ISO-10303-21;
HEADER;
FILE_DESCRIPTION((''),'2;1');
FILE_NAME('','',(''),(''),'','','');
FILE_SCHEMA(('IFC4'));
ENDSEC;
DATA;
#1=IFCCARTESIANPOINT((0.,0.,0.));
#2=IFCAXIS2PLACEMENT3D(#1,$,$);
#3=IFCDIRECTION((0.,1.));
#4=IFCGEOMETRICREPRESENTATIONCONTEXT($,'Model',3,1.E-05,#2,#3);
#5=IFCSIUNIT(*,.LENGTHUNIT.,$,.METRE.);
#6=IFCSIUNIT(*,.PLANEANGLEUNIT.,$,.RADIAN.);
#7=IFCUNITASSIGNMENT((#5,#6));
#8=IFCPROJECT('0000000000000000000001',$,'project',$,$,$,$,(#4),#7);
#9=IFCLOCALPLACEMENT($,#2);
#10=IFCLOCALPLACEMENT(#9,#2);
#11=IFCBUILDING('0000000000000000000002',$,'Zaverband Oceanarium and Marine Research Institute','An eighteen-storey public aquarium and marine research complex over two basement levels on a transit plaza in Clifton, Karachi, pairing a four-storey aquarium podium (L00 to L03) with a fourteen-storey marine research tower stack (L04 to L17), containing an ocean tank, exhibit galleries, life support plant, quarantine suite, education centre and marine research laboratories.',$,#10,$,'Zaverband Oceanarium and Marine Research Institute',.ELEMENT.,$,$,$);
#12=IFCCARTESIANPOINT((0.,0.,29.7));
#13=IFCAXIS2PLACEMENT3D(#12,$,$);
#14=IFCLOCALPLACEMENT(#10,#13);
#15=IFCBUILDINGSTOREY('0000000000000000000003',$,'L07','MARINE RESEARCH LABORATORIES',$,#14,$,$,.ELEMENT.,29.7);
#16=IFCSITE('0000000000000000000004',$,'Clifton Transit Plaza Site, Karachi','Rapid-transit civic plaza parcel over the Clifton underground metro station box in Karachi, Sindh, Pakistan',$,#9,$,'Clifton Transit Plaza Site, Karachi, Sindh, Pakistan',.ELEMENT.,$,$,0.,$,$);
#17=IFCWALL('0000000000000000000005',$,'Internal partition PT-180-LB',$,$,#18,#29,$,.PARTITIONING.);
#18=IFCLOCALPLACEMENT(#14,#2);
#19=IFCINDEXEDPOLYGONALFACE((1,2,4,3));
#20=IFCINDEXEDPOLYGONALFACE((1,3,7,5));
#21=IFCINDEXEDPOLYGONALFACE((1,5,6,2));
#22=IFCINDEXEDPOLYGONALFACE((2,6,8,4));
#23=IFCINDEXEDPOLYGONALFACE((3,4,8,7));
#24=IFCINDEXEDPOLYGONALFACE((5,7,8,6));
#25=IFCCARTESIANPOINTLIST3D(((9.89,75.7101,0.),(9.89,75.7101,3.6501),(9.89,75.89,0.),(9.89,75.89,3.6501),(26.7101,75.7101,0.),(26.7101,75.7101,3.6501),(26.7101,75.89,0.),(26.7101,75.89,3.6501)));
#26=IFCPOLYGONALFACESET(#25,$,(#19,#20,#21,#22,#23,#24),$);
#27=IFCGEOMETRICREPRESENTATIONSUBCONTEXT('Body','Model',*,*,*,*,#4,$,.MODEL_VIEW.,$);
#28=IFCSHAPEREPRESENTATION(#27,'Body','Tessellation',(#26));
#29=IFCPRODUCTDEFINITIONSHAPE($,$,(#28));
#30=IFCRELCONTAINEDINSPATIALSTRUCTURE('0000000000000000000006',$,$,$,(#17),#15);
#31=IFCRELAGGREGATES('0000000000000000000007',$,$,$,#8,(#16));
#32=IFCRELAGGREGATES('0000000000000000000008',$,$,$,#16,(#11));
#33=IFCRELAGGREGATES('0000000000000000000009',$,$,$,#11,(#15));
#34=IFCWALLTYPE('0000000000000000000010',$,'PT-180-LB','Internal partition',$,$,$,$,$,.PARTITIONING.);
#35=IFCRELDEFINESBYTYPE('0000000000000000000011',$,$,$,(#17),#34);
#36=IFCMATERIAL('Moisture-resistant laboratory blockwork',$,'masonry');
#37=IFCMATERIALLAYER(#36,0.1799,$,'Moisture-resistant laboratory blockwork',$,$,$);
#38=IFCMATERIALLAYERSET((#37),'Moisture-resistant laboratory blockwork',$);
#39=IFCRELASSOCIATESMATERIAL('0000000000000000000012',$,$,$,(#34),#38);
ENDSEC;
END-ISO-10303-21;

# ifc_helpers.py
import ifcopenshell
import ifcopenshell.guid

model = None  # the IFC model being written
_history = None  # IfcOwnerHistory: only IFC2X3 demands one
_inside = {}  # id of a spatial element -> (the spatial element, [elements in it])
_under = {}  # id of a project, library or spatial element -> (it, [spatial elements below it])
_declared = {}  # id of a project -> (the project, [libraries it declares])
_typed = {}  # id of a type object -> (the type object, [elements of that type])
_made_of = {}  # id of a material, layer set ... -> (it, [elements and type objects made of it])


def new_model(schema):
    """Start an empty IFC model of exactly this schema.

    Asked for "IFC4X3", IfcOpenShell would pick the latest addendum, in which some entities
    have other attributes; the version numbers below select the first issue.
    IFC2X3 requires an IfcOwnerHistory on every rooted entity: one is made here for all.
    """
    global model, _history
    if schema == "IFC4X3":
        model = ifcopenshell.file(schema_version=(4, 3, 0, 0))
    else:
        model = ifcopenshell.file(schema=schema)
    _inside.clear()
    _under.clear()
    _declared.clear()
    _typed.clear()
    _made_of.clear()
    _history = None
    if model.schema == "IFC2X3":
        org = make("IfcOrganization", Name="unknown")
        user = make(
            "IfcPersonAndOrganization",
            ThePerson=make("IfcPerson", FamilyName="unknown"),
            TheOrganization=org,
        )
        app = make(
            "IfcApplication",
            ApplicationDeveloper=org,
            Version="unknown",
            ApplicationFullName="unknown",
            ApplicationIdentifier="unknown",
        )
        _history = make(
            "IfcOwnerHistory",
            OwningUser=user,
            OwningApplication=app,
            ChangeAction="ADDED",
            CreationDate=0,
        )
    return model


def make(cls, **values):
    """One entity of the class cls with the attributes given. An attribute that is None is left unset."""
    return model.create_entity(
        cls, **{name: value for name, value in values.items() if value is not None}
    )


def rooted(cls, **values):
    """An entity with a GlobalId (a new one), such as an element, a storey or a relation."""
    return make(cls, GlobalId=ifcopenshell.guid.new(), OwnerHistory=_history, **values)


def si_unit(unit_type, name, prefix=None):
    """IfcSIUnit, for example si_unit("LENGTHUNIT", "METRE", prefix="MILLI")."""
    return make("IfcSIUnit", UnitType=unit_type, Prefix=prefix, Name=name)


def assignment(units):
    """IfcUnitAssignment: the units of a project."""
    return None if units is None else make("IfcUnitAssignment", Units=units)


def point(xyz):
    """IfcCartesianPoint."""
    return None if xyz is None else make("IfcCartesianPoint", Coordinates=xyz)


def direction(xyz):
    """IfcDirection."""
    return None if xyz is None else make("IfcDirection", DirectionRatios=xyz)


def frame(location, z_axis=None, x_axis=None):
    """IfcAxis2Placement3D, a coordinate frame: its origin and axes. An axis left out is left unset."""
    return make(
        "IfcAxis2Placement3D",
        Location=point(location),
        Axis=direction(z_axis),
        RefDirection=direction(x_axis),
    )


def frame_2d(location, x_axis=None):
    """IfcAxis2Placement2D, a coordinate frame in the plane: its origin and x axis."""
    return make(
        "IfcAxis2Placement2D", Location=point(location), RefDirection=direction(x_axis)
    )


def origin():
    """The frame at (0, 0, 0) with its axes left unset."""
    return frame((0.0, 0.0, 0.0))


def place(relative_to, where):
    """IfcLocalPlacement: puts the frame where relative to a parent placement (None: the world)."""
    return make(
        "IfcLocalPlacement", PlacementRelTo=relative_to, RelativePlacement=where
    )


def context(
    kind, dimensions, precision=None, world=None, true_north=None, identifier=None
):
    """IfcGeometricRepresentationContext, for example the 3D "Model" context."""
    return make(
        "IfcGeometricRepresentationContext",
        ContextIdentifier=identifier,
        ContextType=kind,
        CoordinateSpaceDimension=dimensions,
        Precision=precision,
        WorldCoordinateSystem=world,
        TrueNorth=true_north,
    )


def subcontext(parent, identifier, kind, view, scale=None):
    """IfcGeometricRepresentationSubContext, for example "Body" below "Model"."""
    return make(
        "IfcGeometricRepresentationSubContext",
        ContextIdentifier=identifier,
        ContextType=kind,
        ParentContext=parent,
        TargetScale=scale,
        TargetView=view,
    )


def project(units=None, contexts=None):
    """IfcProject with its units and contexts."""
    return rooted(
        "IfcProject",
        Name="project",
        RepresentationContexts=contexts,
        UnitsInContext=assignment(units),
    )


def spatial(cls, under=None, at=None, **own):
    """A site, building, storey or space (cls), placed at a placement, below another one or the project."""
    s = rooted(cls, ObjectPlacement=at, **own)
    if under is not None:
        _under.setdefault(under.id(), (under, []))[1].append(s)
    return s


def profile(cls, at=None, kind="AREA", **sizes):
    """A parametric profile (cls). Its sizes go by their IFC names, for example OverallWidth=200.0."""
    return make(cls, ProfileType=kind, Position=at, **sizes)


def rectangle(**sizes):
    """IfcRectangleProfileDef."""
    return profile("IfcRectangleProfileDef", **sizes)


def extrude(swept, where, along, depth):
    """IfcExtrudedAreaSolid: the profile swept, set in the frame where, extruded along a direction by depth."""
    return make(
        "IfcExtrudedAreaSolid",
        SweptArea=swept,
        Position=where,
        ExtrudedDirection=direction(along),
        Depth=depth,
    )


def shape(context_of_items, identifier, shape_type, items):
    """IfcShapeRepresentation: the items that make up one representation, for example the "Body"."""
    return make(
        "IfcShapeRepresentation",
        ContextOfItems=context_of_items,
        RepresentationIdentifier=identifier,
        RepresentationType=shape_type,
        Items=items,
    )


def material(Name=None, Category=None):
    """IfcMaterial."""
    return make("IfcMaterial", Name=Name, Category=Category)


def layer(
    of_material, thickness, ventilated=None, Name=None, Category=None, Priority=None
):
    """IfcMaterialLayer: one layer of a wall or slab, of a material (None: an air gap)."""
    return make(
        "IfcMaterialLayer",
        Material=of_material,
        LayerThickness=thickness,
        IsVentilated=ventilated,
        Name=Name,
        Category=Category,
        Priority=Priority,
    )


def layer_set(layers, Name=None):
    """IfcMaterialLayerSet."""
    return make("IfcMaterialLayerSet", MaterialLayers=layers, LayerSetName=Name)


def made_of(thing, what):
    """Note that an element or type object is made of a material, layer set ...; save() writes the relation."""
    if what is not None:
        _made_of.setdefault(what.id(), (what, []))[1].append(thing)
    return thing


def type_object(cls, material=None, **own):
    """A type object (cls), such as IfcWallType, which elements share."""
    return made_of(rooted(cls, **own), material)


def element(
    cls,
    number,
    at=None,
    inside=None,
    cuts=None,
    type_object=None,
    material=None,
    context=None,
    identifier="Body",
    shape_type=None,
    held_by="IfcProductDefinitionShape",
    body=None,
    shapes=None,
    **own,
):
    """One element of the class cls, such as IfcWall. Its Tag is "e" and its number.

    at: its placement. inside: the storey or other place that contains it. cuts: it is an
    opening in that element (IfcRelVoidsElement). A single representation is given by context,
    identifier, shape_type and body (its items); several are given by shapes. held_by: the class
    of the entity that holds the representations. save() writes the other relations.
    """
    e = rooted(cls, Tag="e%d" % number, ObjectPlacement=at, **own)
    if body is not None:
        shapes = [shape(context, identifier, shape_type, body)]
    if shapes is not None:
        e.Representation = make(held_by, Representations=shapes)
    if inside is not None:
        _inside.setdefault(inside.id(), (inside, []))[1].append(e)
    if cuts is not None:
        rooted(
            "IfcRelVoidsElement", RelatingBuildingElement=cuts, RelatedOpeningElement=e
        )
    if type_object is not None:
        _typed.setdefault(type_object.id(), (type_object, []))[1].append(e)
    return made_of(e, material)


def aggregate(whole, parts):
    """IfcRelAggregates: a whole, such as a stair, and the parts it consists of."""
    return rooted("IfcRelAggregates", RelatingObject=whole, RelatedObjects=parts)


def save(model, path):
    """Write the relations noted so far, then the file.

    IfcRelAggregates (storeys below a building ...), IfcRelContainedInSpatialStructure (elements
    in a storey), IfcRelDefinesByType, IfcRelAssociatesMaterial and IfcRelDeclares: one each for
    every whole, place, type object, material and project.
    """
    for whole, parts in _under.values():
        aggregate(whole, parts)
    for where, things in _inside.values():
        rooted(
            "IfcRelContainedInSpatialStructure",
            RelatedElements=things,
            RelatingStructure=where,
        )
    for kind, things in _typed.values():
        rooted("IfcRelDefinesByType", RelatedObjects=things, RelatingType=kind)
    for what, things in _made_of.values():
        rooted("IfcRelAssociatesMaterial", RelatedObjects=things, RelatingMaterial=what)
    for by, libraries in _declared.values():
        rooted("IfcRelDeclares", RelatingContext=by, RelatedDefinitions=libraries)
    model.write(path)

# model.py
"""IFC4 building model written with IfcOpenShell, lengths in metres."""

from ifc_helpers import new_model, si_unit, direction, frame, frame_2d, origin, place, context, subcontext, project, spatial, rectangle, extrude, material, layer, layer_set, type_object, element, save


model = new_model("IFC4")

# Units and contexts
model_context = context("Model", 3, precision=1e-05, world=origin(), true_north=direction((0.0, 1.0)))
body_context = subcontext(model_context, "Body", "Model", "MODEL_VIEW")
ifc_project = project(units=[si_unit("LENGTHUNIT", "METRE"), si_unit("PLANEANGLEUNIT", "RADIAN")], contexts=[model_context])

# Site, building, storey
site_placement = place(None, origin())
site = spatial("IfcSite", under=ifc_project, at=site_placement, Name="Clifton Transit Plaza Site, Karachi", Description="Rapid-transit civic plaza parcel over the Clifton underground metro station box in Karachi, Sindh, Pakistan", LongName="Clifton Transit Plaza Site, Karachi, Sindh, Pakistan", CompositionType="ELEMENT", RefElevation=0.0)
building_placement = place(site_placement, origin())
building = spatial("IfcBuilding", under=site, at=building_placement, Name="Zaverband Oceanarium and Marine Research Institute", Description="An eighteen-storey public aquarium and marine research complex over two basement levels on a transit plaza in Clifton, Karachi, pairing a four-storey aquarium podium (L00 to L03) with a fourteen-storey marine research tower stack (L04 to L17), containing an ocean tank, exhibit galleries, life support plant, quarantine suite, education centre and marine research laboratories.", LongName="Zaverband Oceanarium and Marine Research Institute", CompositionType="ELEMENT")
storey_placement = place(building_placement, frame((0.0, 0.0, 29.7)))
storey = spatial("IfcBuildingStorey", under=building, at=storey_placement, Name="L07", Description="MARINE RESEARCH LABORATORIES", CompositionType="ELEMENT", Elevation=29.7)

# Wall
ifc_material_1 = material(Name="Moisture-resistant laboratory blockwork", Category="masonry")
ifc_layer_1 = layer(ifc_material_1, 0.1799, Name="Moisture-resistant laboratory blockwork")
ifc_layer_set_1 = layer_set([ifc_layer_1], Name="Moisture-resistant laboratory blockwork")
wall_type_1 = type_object("IfcWallType", Name="PT-180-LB", Description="Internal partition", PredefinedType="PARTITIONING", material=ifc_layer_set_1)
wall_1_placement = place(storey_placement, frame((9.8899, 75.8, 0.0), z_axis=(0.0, 0.0, 1.0), x_axis=(1.0, 0.0, 0.0)))
element("IfcWall", 1, at=wall_1_placement, inside=storey, type_object=wall_type_1, Name="Internal partition PT-180-LB", PredefinedType="PARTITIONING", context=body_context, shape_type="SweptSolid", body=[
    extrude(rectangle(XDim=16.8201, YDim=0.1799, at=frame_2d((8.4102, 0.0))), origin(), (0.0, 0.0, 1.0), 3.6501),
])

save(model, "model.ifc")
